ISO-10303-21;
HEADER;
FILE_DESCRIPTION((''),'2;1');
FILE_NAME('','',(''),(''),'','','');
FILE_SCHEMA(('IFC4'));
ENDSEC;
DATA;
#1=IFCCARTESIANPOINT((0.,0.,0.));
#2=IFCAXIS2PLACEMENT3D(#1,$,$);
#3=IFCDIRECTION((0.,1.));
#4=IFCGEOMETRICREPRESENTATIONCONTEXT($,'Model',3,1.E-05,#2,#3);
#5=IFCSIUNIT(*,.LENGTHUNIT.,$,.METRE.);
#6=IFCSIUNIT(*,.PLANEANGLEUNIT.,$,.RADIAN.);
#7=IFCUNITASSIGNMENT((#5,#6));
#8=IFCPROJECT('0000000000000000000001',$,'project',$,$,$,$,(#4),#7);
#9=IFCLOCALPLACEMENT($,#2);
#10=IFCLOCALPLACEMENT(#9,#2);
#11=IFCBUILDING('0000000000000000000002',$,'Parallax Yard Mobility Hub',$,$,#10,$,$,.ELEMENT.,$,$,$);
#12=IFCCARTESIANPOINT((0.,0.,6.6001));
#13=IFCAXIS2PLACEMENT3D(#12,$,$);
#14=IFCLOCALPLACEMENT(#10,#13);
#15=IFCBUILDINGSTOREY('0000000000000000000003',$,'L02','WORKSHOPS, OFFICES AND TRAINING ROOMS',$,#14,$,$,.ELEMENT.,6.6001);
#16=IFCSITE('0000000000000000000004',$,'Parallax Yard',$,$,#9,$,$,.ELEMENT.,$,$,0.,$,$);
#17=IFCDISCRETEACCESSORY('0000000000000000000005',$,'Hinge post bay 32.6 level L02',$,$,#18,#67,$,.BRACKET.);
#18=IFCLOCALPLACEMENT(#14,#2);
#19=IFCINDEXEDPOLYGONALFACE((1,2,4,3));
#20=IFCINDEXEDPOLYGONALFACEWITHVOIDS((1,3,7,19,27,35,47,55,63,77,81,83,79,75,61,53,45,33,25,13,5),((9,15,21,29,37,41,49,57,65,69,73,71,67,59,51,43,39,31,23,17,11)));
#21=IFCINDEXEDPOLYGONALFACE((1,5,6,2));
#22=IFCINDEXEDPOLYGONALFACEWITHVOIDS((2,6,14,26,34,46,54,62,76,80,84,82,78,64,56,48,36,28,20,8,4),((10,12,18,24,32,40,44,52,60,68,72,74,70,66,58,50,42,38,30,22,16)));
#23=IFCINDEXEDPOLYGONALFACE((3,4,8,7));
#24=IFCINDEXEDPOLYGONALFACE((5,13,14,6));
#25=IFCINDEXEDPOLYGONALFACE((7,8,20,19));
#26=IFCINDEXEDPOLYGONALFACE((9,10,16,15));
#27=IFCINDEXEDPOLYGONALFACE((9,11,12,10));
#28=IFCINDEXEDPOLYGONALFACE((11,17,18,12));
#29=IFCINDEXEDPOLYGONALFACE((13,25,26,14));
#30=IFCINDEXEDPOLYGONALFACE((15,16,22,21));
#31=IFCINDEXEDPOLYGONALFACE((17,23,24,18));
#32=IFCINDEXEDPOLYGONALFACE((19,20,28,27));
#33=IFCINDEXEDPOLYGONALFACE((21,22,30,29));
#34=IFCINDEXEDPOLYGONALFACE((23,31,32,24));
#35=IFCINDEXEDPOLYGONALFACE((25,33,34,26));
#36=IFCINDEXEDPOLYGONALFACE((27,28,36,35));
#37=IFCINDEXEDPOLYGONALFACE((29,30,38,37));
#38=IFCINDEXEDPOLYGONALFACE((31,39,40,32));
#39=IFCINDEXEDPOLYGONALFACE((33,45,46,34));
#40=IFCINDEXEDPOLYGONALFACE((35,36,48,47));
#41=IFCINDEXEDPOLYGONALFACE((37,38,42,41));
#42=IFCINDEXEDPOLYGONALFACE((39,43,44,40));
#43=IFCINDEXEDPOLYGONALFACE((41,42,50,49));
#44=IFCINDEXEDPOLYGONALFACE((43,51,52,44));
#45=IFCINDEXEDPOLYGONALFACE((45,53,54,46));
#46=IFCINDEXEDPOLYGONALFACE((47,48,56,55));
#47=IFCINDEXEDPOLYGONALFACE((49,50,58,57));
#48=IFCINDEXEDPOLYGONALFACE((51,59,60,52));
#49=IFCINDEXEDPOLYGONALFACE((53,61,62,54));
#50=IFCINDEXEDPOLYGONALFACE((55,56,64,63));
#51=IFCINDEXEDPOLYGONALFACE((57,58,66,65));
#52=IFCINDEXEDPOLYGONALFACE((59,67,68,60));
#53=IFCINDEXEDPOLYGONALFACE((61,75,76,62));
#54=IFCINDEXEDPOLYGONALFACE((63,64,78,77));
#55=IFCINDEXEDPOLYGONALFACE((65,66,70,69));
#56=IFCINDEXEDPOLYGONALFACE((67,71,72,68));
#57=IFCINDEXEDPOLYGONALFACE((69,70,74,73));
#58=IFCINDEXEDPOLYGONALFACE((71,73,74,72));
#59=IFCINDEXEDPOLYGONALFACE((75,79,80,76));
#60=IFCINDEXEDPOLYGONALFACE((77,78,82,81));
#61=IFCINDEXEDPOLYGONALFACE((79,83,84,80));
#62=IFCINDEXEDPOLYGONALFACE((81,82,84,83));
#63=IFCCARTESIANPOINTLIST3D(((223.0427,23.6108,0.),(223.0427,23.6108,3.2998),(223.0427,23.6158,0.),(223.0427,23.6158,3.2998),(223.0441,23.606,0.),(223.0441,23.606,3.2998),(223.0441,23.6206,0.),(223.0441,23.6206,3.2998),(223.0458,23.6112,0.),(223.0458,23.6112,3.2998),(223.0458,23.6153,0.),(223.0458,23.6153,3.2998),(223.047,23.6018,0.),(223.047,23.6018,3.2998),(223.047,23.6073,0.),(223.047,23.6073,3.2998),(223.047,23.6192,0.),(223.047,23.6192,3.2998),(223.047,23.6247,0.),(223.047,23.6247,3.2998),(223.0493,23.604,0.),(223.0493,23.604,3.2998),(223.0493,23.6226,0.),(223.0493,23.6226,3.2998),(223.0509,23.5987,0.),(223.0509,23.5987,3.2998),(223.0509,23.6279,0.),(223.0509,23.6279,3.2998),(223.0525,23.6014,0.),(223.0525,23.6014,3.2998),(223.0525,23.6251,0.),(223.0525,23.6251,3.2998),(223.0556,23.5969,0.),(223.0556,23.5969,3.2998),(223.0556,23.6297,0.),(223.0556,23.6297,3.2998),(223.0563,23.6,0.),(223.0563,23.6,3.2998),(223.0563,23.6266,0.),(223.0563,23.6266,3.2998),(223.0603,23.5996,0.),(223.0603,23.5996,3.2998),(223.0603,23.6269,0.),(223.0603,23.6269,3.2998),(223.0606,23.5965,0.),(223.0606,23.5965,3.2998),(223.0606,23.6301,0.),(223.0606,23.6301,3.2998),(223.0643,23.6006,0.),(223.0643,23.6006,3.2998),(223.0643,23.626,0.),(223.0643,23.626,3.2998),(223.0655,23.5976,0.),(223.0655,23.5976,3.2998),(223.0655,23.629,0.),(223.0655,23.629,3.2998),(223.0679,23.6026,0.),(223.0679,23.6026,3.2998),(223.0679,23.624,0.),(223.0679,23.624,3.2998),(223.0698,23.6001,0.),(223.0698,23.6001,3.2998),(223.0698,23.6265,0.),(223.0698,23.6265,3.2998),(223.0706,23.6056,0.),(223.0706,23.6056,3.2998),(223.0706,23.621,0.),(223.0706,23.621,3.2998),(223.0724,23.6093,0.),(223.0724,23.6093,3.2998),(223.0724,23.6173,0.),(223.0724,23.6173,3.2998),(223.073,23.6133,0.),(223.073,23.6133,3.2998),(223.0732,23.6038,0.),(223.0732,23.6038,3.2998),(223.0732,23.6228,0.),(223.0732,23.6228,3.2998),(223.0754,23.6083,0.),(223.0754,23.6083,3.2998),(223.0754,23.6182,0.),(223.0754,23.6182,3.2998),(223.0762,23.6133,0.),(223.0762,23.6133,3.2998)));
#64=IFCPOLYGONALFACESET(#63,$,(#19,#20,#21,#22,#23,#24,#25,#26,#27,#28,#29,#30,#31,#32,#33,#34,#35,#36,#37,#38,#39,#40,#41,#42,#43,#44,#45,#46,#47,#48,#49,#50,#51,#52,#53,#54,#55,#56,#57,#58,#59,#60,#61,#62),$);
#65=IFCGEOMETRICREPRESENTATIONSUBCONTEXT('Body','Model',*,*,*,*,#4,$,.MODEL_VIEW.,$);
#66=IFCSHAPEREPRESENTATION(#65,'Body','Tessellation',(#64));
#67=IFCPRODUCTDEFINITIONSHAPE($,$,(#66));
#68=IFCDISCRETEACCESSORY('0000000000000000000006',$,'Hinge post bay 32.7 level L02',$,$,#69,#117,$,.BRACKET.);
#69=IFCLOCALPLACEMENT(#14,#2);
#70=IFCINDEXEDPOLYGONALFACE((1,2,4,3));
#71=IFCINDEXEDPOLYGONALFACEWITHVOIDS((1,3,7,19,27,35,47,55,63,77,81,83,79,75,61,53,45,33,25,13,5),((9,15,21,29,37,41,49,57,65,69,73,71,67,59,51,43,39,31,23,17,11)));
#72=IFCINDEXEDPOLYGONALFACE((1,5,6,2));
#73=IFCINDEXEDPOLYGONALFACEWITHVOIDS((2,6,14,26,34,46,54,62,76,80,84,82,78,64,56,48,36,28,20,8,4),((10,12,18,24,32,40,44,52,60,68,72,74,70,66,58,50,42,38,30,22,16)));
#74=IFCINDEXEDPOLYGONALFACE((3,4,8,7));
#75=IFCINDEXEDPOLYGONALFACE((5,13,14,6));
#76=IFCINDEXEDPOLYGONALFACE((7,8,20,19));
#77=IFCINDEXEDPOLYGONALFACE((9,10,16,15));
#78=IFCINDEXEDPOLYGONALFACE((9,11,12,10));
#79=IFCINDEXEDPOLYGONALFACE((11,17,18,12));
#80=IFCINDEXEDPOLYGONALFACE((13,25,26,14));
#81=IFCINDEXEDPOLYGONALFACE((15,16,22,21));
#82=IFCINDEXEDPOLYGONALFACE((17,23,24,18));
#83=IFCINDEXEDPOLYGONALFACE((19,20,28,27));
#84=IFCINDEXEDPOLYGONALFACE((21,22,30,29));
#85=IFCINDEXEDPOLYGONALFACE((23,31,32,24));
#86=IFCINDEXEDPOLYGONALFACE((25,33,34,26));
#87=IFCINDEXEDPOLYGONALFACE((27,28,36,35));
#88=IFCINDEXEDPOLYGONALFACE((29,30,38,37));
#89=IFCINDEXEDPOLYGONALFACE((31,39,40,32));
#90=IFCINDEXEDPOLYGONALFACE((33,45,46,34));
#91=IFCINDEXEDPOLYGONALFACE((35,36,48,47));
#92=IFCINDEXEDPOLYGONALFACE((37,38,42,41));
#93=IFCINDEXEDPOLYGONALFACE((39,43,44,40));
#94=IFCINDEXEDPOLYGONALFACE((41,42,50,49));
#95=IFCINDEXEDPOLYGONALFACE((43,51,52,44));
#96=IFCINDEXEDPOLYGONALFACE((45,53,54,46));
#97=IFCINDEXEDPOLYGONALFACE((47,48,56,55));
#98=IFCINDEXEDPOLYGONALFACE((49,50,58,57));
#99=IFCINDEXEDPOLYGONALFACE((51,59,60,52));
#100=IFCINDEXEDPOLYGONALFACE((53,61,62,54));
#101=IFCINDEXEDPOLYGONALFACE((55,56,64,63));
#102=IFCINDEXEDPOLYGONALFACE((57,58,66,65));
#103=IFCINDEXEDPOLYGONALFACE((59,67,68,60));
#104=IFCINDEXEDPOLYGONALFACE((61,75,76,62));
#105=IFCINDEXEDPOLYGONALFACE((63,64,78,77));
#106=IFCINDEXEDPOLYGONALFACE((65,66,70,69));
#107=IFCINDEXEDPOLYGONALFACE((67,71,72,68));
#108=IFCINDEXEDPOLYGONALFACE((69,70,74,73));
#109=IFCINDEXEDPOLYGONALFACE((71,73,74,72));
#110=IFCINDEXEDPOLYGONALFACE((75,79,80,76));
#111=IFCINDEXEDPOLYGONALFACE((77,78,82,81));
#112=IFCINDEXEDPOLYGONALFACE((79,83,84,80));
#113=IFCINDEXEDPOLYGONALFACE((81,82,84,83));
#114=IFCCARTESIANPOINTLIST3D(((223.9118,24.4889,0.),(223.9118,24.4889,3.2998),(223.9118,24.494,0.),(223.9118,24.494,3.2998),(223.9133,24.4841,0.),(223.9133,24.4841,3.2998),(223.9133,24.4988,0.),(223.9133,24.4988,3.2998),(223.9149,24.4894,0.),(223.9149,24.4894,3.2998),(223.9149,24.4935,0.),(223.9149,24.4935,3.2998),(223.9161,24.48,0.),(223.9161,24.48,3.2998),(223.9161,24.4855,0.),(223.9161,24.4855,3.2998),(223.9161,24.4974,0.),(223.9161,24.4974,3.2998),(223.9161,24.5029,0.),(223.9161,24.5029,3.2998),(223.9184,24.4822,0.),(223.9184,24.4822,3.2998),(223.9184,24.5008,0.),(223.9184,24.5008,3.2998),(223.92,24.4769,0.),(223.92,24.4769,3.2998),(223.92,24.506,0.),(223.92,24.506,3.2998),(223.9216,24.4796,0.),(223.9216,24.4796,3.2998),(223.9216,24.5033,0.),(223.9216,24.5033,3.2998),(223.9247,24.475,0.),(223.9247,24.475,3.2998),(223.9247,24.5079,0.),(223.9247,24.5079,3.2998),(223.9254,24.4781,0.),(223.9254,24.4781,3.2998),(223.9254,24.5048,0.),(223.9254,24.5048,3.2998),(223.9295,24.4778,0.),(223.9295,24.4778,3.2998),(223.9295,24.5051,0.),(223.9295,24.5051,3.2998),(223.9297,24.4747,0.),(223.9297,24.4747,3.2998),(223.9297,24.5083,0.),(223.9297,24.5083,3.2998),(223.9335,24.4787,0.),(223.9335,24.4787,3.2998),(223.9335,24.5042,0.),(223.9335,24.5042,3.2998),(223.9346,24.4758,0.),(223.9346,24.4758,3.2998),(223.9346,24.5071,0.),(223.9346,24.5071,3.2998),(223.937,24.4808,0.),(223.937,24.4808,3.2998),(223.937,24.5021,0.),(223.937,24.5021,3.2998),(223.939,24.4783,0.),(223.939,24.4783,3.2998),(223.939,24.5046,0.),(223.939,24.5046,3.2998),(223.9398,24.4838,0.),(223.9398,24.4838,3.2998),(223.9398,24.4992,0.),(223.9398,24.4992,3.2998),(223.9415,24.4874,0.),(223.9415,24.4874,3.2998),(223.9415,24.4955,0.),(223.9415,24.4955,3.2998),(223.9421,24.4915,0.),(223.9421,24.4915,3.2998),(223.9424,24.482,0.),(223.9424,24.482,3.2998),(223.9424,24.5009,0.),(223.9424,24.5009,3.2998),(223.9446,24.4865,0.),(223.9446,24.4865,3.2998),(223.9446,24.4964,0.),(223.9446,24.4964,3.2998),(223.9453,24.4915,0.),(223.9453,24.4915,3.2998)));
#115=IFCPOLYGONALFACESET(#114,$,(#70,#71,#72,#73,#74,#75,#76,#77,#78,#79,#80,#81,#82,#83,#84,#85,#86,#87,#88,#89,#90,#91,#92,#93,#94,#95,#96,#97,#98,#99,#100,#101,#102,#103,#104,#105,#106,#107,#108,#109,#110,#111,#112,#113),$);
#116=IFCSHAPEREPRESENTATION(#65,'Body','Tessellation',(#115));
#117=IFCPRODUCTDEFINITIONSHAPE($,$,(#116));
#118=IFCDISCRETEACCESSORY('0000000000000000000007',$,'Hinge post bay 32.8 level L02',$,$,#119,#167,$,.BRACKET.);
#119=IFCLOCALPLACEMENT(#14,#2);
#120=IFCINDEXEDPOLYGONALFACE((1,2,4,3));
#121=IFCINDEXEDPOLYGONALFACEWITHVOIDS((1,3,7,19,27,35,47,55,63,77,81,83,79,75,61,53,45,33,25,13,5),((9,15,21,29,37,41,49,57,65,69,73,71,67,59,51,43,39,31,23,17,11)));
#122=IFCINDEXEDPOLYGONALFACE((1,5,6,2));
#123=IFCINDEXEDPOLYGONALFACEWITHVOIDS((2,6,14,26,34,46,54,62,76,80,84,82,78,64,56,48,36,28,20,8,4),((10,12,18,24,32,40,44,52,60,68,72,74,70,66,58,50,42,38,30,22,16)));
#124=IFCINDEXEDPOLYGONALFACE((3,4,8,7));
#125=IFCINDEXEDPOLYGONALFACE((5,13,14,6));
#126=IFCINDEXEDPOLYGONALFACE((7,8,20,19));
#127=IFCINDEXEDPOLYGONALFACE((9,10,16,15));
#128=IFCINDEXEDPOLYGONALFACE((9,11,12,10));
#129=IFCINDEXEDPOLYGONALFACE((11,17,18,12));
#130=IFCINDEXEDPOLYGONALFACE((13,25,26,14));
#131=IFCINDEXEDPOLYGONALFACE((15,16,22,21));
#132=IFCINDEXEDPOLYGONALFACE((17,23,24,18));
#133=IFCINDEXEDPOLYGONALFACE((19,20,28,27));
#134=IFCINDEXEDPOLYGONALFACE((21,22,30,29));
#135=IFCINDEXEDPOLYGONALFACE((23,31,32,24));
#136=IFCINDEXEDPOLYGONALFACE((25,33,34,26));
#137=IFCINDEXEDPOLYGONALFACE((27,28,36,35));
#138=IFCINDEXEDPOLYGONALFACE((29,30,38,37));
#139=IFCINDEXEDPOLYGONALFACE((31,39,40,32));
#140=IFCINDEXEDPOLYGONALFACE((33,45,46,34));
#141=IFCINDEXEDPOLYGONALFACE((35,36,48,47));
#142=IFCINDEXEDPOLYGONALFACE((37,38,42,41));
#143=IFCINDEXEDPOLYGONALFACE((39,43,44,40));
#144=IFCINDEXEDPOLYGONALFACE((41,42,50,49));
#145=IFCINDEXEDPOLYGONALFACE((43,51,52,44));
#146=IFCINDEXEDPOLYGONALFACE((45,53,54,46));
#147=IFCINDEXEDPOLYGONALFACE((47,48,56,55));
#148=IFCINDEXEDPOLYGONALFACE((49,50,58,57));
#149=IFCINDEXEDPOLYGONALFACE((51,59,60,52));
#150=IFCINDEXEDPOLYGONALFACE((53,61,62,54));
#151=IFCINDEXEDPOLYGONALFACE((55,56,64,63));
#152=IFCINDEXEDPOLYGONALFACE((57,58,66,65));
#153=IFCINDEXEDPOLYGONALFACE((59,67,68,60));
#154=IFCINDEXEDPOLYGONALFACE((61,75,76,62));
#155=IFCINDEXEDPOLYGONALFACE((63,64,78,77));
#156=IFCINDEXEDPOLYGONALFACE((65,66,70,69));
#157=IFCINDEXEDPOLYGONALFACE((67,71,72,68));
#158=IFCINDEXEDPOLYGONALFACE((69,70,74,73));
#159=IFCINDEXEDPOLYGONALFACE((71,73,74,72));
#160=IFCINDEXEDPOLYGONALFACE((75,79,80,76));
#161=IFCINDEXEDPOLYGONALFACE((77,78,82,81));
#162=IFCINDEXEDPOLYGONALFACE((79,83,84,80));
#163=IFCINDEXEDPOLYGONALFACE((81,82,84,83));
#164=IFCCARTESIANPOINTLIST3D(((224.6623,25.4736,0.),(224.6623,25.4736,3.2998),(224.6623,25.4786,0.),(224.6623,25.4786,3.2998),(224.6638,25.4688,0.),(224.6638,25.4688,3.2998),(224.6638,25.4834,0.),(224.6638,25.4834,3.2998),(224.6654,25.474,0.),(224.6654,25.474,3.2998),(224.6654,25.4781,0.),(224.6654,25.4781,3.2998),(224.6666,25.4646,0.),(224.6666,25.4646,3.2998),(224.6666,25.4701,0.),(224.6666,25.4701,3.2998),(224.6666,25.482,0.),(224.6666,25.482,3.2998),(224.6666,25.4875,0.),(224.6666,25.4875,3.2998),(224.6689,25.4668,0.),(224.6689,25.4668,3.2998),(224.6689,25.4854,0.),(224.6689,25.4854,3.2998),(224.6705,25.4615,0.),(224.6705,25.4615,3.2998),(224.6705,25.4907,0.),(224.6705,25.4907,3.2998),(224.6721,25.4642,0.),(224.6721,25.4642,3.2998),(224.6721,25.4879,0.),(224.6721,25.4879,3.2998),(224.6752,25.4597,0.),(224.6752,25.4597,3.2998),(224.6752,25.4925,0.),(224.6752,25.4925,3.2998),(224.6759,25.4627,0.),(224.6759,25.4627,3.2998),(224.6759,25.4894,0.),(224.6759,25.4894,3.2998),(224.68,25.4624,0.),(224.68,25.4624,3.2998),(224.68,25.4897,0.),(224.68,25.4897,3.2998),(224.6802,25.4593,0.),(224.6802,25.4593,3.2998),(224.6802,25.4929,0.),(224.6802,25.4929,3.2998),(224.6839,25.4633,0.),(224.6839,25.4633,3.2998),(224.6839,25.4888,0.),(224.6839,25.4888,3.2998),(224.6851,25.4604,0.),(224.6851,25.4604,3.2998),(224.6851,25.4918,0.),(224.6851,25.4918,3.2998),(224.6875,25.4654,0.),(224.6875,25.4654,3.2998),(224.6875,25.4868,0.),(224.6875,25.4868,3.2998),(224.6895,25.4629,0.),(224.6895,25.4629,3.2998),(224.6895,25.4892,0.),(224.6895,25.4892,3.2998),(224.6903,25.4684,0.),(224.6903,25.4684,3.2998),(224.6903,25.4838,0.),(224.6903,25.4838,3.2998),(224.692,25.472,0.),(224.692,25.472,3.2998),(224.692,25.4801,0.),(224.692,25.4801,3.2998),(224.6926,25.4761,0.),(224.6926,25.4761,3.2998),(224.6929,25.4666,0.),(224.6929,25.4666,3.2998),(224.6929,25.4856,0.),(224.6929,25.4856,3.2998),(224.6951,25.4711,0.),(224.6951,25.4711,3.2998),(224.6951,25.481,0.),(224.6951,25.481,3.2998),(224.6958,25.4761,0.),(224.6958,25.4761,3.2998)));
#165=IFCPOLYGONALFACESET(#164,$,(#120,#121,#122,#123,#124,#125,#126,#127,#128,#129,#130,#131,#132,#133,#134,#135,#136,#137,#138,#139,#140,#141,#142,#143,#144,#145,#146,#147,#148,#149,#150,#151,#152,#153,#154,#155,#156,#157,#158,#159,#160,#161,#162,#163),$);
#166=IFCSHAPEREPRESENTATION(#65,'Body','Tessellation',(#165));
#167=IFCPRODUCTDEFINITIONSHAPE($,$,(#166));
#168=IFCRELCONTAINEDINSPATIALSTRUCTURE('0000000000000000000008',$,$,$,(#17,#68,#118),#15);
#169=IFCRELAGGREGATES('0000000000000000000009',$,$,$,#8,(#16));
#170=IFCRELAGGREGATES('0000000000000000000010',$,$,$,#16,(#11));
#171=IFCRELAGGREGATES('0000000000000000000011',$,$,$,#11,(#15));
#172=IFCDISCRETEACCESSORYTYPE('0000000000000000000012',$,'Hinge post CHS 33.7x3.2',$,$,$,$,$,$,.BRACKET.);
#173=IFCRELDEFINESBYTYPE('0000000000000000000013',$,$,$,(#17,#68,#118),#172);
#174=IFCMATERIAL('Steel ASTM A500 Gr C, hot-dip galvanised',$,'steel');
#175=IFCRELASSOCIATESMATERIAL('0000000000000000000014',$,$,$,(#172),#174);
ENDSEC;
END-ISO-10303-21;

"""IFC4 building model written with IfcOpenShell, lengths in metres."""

from ifc_helpers import new_model, si_unit, direction, frame, origin, origin_2d, place, context, subcontext, project, spatial, hollow_circle, extrude, material, material_profile, profile_set, type_object, element, save


model = new_model("IFC4")

# Units and contexts
model_context = context("Model", 3, precision=1e-05, world=origin(), true_north=direction((0.0, 1.0)))
body_context = subcontext(model_context, "Body", "Model", "MODEL_VIEW")
ifc_project = project(units=[si_unit("LENGTHUNIT", "METRE"), si_unit("PLANEANGLEUNIT", "RADIAN")], contexts=[model_context])

# Site, building, storey
site_placement = place(None, origin())
site = spatial("IfcSite", under=ifc_project, at=site_placement, Name="Parallax Yard", CompositionType="ELEMENT", RefElevation=0.0)
building_placement = place(site_placement, origin())
building = spatial("IfcBuilding", under=site, at=building_placement, Name="Parallax Yard Mobility Hub", CompositionType="ELEMENT")
storey_placement = place(building_placement, frame((0.0, 0.0, 6.6001)))
storey = spatial("IfcBuildingStorey", under=building, at=storey_placement, Name="L02", Description="WORKSHOPS, OFFICES AND TRAINING ROOMS", CompositionType="ELEMENT", Elevation=6.6001)

# Discrete accessories
ifc_material_1 = material(Name="Steel ASTM A500 Gr C, hot-dip galvanised", Category="steel")
ifc_material_profile_1 = material_profile(ifc_material_1, hollow_circle(Radius=0.0168, WallThickness=0.0032, at=origin_2d()), Name="CHS 33.7x3.2")
ifc_profile_set_1 = profile_set([ifc_material_profile_1], Name="Steel ASTM A500 Gr C, hot-dip galvanised")
discrete_accessory_type_1 = type_object("IfcDiscreteAccessoryType", Name="Hinge post CHS 33.7x3.2", PredefinedType="BRACKET", material=ifc_profile_set_1)
for number, where, z_axis, x_axis, name in (
    (1, (223.0593, 23.6133, 0.0), (0.0, 0.0, 1.0), (1.0, 0.0, 0.0), "Hinge post bay 32.6 level L02"),
    (2, (223.9285, 24.4915, 0.0), (0.0, 0.0, 1.0), (1.0, 0.0, 0.0), "Hinge post bay 32.7 level L02"),
    (3, (224.679, 25.4761, 0.0), (0.0, 0.0, 1.0), (1.0, 0.0, 0.0), "Hinge post bay 32.8 level L02"),
):
    element("IfcDiscreteAccessory", number, at=place(storey_placement, frame(where, z_axis=z_axis, x_axis=x_axis)), inside=storey, type_object=discrete_accessory_type_1, Name=name, PredefinedType="BRACKET", context=body_context, shape_type="SweptSolid", body=[
        extrude(hollow_circle(Radius=0.0168, WallThickness=0.0032, at=origin_2d()), origin(), (0.0, 0.0, 1.0), 3.2998),
    ])

save(model, "model.ifc")
